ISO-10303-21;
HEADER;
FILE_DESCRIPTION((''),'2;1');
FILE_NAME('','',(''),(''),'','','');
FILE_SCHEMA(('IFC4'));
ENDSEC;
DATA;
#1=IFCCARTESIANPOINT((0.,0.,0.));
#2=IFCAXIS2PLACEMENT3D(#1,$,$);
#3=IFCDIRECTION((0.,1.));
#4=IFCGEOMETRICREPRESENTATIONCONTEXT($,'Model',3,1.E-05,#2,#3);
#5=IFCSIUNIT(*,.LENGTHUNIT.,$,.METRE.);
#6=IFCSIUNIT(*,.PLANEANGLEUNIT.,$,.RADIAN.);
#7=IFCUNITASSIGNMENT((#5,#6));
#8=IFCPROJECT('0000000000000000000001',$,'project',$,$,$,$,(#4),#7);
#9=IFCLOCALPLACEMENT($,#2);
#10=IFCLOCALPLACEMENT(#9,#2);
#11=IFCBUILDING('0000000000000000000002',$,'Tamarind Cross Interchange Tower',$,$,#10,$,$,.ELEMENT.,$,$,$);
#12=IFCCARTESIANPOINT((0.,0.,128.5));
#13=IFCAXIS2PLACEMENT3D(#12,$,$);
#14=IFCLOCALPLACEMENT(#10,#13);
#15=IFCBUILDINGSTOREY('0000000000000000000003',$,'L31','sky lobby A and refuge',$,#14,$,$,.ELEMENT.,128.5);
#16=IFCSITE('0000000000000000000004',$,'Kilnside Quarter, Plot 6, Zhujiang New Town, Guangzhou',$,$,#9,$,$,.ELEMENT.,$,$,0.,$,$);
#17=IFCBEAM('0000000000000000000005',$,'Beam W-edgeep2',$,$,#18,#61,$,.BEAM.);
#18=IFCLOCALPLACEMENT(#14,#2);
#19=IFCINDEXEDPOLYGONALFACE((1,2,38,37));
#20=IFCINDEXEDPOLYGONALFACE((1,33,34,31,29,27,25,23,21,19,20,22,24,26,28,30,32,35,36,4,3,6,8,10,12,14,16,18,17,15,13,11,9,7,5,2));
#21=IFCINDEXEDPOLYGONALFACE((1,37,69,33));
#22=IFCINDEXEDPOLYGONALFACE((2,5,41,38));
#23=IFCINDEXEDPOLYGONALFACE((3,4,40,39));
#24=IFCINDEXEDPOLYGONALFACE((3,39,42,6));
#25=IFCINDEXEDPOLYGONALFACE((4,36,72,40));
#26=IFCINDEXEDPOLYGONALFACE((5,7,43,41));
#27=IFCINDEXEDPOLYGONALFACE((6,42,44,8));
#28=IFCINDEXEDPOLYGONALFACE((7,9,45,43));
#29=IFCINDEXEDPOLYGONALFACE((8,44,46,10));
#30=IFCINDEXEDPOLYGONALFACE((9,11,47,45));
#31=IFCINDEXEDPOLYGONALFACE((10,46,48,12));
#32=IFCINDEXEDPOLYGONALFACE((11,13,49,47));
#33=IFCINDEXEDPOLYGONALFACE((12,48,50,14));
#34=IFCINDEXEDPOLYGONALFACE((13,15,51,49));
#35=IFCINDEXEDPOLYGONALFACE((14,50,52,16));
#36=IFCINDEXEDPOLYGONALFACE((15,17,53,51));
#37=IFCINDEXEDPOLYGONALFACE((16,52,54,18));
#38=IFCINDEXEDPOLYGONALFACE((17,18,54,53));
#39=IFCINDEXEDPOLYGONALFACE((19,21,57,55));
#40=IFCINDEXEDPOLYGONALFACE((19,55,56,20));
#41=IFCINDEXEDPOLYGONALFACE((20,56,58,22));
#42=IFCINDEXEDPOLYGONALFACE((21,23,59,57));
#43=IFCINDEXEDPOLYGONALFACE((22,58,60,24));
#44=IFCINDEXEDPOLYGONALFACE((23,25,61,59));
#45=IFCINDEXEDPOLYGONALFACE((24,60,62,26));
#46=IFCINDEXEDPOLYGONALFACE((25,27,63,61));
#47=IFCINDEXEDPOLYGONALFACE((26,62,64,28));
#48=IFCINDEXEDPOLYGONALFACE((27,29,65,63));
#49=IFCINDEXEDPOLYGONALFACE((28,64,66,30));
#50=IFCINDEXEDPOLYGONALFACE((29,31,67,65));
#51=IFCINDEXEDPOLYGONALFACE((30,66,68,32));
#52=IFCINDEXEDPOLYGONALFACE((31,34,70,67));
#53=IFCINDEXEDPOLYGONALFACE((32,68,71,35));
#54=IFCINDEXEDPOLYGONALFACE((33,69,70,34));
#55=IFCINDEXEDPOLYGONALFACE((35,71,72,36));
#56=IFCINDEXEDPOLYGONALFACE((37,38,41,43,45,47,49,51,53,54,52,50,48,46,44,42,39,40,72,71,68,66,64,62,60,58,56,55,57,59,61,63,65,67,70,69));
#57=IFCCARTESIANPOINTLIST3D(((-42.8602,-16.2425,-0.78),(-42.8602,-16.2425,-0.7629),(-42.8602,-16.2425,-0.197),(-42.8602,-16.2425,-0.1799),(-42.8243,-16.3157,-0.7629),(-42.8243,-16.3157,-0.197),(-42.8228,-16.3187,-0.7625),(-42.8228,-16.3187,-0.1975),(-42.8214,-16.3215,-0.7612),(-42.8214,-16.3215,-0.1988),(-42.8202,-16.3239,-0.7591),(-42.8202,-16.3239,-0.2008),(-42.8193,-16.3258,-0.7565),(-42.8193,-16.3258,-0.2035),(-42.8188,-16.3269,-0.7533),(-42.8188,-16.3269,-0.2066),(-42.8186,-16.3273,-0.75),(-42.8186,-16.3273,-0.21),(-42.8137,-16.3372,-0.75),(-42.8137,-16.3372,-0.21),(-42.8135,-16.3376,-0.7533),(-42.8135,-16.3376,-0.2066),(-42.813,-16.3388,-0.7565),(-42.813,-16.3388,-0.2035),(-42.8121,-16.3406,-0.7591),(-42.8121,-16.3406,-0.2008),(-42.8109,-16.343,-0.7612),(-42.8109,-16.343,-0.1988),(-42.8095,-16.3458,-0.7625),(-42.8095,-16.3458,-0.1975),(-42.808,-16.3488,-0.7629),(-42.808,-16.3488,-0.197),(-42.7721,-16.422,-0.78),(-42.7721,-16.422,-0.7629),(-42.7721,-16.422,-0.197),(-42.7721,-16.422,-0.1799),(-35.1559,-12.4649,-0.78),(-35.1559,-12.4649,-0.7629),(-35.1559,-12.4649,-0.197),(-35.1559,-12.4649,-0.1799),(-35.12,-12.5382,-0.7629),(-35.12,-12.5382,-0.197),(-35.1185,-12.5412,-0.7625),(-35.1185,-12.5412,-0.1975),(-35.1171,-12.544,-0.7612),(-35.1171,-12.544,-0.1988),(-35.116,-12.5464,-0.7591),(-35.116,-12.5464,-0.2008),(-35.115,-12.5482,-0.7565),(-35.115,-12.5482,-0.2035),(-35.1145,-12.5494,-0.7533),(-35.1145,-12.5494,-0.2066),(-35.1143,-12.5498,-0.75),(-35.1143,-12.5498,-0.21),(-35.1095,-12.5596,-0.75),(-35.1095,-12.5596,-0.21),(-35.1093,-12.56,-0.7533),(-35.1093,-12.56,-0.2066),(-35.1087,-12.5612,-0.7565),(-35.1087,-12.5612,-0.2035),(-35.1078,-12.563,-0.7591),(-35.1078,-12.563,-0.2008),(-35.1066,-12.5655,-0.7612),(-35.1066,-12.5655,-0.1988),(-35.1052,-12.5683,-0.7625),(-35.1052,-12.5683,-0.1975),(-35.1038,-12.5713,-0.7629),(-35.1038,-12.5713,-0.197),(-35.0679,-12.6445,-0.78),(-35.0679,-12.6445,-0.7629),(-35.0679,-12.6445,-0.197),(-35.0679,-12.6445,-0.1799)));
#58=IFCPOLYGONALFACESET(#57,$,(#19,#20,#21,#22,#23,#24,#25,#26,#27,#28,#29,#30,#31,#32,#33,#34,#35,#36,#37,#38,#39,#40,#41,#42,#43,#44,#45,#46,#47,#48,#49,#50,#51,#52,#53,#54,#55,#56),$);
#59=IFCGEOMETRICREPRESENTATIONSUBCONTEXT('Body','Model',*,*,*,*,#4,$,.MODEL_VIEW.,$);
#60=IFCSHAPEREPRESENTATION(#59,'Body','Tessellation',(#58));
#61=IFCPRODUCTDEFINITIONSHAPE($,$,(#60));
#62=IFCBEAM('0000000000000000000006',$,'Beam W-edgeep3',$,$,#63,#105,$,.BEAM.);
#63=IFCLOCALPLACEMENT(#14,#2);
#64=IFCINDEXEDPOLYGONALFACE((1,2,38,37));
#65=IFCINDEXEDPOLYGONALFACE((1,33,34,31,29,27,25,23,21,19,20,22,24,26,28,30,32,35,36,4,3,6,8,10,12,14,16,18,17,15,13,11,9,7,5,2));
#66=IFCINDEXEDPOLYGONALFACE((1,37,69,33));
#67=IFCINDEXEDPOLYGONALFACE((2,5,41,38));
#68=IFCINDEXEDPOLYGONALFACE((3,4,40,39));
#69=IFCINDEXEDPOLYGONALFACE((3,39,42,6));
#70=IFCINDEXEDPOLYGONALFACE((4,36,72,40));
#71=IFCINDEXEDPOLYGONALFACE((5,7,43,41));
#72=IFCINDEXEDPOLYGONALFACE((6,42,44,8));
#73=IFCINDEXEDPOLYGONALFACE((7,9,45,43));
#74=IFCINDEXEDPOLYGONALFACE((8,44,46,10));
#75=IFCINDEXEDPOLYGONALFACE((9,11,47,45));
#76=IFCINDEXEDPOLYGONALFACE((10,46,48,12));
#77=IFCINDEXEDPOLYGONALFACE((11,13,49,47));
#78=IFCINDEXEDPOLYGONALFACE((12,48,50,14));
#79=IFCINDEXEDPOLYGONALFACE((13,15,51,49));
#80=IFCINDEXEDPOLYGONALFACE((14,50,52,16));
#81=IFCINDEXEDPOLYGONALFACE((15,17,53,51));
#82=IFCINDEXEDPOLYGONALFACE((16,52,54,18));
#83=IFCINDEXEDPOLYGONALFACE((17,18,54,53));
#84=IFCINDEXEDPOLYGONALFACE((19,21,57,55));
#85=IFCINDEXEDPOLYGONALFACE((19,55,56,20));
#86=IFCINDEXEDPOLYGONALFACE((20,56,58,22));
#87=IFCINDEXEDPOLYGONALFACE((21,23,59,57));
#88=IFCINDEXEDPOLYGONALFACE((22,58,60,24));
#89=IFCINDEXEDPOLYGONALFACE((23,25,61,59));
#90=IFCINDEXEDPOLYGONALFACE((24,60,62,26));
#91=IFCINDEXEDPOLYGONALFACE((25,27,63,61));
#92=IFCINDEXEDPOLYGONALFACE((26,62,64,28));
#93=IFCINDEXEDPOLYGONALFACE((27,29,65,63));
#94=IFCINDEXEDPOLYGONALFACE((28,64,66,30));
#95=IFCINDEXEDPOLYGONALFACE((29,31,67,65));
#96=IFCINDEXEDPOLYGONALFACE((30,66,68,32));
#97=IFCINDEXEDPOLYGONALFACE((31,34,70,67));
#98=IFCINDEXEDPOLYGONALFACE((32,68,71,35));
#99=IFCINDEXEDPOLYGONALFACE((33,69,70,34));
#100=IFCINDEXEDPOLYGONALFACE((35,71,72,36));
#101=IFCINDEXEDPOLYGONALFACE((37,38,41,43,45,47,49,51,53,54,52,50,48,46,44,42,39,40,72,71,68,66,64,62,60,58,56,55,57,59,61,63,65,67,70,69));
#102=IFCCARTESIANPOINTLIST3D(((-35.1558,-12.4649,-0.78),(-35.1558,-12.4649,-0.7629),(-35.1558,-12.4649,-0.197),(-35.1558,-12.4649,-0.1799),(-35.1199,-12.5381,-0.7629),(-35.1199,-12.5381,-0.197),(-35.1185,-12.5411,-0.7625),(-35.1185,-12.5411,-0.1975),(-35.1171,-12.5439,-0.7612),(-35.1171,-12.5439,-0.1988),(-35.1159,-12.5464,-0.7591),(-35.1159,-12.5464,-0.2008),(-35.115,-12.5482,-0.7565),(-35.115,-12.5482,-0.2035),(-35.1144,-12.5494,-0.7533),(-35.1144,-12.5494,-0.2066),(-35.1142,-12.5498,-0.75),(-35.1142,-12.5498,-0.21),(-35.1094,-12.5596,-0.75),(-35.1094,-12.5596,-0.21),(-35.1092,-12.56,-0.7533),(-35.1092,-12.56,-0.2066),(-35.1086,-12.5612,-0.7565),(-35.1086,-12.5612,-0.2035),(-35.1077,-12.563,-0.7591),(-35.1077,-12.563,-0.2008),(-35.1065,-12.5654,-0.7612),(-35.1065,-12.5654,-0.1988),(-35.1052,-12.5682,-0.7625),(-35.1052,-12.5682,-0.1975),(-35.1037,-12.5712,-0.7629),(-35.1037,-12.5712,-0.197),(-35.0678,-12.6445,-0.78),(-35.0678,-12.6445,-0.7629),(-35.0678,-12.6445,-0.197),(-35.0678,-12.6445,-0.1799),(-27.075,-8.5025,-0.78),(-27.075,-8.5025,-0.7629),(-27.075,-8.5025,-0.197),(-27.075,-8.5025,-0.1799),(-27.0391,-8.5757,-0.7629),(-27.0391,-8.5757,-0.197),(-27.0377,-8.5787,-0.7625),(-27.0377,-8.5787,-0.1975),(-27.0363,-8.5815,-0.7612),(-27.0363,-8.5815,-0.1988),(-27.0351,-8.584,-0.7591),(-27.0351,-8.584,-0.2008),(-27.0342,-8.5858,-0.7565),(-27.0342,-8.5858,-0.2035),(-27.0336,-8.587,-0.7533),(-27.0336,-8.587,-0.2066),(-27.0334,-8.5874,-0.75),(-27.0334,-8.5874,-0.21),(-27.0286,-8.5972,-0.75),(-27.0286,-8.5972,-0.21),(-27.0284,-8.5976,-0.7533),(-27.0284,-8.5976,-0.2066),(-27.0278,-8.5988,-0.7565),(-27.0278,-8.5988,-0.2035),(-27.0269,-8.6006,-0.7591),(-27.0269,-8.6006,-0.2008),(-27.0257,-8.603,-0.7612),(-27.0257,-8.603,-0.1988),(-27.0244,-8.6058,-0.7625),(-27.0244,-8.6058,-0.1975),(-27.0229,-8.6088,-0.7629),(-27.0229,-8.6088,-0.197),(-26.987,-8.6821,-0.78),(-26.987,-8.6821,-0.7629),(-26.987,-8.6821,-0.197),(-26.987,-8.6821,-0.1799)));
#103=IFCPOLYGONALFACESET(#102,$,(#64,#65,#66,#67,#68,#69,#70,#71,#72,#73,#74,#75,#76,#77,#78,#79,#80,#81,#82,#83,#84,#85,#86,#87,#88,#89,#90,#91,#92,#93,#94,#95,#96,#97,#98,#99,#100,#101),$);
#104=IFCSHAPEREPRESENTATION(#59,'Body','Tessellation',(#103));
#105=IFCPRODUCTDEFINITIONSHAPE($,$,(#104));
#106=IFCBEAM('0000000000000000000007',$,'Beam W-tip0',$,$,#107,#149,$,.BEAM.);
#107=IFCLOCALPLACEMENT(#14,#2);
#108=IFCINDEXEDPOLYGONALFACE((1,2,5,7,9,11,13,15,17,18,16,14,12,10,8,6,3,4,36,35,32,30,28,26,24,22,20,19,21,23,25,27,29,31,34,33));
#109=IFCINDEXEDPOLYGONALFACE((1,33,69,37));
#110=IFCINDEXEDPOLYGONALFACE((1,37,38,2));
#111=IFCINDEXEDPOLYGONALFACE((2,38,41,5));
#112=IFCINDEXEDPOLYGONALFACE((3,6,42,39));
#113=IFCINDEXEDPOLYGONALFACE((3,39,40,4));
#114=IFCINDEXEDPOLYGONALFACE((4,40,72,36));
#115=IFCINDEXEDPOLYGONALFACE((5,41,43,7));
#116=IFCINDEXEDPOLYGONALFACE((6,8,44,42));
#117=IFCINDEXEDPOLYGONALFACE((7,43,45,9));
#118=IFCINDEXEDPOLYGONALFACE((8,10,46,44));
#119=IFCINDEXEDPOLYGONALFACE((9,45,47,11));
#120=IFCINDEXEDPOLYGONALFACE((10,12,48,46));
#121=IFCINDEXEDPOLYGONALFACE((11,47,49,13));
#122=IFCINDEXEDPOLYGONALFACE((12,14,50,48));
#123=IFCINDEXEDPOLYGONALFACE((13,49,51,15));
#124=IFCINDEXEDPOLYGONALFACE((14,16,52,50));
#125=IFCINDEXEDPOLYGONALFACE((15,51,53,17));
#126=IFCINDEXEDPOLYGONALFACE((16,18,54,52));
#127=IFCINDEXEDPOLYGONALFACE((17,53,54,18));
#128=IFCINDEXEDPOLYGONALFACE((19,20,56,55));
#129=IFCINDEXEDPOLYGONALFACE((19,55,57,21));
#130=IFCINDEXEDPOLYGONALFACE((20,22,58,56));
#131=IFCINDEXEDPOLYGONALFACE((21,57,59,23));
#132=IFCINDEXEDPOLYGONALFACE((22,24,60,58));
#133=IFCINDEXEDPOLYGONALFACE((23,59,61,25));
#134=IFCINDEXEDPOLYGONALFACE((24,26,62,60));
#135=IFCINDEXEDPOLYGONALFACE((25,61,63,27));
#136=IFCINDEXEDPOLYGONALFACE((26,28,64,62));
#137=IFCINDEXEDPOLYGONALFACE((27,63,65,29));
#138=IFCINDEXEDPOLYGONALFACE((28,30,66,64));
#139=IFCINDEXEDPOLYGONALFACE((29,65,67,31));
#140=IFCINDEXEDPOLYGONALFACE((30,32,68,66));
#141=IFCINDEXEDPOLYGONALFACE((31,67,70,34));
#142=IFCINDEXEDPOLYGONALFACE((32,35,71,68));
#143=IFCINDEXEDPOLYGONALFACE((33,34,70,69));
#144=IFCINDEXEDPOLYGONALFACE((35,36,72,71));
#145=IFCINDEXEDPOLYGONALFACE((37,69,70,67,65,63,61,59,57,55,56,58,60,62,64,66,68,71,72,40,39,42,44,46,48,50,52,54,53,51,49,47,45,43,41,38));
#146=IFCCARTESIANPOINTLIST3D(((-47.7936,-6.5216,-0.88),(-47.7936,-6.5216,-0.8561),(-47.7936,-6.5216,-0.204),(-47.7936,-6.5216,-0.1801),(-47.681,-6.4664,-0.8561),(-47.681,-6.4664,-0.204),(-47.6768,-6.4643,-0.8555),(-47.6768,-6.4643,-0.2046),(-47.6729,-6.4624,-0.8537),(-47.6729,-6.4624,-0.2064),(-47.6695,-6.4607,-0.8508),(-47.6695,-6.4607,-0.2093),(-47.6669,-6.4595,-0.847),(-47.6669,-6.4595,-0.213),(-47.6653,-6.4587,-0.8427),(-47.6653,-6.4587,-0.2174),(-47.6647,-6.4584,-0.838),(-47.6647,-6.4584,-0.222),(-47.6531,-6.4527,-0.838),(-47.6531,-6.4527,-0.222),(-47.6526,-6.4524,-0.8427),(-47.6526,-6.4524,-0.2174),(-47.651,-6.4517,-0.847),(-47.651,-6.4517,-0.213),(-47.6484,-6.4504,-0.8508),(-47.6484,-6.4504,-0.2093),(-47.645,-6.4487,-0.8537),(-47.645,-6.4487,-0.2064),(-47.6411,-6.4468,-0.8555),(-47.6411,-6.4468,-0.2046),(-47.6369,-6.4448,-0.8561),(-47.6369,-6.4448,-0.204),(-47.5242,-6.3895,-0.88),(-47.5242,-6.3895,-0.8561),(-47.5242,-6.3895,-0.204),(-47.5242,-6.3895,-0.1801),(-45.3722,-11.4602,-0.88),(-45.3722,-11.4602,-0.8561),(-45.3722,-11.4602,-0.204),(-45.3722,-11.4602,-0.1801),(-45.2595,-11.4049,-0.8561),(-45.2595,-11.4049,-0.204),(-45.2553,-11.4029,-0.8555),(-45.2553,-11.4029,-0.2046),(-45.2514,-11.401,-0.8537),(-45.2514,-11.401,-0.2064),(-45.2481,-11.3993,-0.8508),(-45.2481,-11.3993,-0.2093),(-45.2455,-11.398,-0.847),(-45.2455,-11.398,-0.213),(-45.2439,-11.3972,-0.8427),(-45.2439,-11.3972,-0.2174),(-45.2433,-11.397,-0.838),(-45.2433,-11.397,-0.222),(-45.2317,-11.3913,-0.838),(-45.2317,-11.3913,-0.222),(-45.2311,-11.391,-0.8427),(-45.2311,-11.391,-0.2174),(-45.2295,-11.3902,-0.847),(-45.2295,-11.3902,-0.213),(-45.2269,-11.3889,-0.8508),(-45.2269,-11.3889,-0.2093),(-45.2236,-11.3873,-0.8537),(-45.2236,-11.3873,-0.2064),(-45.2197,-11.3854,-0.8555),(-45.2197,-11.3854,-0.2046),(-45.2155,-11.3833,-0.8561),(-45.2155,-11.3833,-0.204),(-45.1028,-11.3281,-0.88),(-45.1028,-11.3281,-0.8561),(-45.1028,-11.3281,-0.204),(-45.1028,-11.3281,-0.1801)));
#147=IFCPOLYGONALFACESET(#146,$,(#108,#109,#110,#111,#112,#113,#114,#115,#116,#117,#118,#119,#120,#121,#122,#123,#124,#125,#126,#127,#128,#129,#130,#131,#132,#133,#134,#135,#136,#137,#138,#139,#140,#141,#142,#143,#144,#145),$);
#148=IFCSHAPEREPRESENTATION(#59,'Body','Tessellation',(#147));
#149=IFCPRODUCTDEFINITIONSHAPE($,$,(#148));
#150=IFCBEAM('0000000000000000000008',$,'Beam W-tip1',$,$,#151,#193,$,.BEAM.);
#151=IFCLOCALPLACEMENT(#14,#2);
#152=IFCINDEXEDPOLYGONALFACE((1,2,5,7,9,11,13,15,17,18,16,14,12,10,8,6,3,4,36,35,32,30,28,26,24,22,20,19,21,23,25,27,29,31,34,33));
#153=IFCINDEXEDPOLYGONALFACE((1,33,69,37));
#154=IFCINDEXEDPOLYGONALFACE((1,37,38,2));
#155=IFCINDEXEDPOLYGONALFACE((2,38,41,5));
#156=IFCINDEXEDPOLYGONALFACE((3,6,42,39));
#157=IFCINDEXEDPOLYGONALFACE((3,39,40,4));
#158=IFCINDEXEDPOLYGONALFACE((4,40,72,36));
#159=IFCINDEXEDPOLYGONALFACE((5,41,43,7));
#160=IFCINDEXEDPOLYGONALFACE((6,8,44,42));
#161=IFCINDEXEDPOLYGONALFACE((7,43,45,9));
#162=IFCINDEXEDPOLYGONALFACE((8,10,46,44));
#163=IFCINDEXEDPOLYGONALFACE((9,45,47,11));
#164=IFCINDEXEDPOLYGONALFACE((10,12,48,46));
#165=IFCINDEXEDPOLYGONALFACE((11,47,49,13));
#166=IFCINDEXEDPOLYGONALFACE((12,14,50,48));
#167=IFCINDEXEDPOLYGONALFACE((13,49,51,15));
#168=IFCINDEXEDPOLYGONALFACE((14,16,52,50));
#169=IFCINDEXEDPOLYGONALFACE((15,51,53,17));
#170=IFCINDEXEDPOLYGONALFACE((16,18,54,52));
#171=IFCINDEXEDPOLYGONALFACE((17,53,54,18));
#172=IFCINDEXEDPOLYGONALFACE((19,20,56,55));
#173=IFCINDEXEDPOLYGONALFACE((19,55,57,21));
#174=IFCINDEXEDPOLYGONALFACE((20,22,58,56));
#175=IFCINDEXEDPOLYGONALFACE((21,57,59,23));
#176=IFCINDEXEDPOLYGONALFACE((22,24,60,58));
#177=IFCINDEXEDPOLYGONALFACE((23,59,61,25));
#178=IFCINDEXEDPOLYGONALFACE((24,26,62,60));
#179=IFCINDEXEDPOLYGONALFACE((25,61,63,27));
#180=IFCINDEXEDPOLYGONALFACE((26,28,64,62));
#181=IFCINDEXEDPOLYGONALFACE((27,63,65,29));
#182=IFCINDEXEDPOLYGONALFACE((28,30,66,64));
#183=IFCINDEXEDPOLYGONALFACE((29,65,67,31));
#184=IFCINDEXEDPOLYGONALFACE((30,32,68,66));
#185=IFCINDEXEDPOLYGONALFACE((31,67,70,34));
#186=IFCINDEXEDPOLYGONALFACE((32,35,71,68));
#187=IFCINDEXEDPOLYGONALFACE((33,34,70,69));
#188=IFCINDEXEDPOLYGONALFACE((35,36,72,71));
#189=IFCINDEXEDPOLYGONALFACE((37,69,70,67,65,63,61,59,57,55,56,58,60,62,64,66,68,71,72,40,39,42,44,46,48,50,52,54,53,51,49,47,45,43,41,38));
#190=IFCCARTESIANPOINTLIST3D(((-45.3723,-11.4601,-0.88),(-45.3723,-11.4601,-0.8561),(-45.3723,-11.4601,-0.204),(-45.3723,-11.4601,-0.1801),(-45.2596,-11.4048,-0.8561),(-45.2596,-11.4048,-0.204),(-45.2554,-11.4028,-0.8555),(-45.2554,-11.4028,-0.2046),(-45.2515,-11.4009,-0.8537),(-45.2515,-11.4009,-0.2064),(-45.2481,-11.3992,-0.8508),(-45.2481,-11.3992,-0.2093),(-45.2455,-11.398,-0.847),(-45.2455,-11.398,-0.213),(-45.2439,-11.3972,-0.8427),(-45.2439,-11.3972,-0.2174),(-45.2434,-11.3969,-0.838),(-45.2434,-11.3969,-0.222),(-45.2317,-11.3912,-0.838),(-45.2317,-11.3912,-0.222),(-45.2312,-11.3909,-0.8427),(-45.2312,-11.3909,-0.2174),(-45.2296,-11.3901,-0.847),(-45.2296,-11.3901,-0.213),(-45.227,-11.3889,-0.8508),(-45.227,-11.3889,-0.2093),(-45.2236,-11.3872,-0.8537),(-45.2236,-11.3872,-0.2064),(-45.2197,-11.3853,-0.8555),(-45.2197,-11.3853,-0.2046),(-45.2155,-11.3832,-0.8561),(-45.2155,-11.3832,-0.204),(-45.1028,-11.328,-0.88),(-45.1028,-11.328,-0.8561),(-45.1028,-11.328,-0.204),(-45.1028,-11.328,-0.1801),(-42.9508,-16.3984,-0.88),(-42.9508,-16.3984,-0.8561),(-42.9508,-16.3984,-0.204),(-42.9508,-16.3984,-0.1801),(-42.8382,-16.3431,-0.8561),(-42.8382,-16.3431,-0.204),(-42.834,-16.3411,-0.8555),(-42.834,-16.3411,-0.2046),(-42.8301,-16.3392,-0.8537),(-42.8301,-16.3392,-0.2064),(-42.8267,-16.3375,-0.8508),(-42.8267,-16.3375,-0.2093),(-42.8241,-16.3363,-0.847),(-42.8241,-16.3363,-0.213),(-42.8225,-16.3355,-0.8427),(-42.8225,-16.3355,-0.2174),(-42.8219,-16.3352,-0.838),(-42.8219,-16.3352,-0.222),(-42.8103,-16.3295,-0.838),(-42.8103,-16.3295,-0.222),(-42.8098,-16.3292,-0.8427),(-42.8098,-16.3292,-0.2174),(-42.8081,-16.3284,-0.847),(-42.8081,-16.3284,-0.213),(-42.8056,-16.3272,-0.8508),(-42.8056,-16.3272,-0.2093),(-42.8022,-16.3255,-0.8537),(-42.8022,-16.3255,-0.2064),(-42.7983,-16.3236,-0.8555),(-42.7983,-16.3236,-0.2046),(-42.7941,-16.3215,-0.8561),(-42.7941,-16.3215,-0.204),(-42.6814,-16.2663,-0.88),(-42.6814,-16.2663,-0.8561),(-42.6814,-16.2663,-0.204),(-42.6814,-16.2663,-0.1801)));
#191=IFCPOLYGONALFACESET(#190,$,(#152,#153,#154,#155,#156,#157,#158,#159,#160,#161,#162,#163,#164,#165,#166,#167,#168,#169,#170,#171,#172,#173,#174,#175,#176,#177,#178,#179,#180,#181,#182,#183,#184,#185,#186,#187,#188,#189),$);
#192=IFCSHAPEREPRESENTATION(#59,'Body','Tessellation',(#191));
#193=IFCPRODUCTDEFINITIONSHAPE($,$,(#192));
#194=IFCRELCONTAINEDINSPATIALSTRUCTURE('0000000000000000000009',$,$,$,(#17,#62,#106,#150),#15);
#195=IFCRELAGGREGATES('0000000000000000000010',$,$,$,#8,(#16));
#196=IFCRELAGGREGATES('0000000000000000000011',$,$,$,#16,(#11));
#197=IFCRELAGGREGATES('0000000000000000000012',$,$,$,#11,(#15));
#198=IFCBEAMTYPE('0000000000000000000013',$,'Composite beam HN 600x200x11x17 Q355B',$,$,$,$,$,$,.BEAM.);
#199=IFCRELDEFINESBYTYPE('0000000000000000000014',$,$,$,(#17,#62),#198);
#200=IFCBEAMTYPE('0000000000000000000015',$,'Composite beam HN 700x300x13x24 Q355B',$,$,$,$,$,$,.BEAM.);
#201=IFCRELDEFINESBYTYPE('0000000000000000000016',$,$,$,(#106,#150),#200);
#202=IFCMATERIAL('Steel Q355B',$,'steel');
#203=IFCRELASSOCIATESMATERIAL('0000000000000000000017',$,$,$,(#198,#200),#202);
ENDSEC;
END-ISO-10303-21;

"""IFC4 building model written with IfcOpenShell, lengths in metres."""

from ifc_helpers import new_model, si_unit, direction, frame, origin, origin_2d, place, context, subcontext, project, spatial, i_section, extrude, material, material_profile, profile_set, type_object, element, save


model = new_model("IFC4")

# Units and contexts
model_context = context("Model", 3, precision=1e-05, world=origin(), true_north=direction((0.0, 1.0)))
body_context = subcontext(model_context, "Body", "Model", "MODEL_VIEW")
ifc_project = project(units=[si_unit("LENGTHUNIT", "METRE"), si_unit("PLANEANGLEUNIT", "RADIAN")], contexts=[model_context])

# Site, building, storey
site_placement = place(None, origin())
site = spatial("IfcSite", under=ifc_project, at=site_placement, Name="Kilnside Quarter, Plot 6, Zhujiang New Town, Guangzhou", CompositionType="ELEMENT", RefElevation=0.0)
building_placement = place(site_placement, origin())
building = spatial("IfcBuilding", under=site, at=building_placement, Name="Tamarind Cross Interchange Tower", CompositionType="ELEMENT")
storey_placement = place(building_placement, frame((0.0, 0.0, 128.5)))
storey = spatial("IfcBuildingStorey", under=building, at=storey_placement, Name="L31", Description="sky lobby A and refuge", CompositionType="ELEMENT", Elevation=128.5)

# Beams
ifc_material_1 = material(Name="Steel Q355B", Category="steel")
ifc_material_profile_1 = material_profile(ifc_material_1, i_section(OverallWidth=0.2, OverallDepth=0.6001, WebThickness=0.011, FlangeThickness=0.0171, FilletRadius=0.0129, at=origin_2d()), Name="HN 600x200x11x17")
ifc_profile_set_1 = profile_set([ifc_material_profile_1], Name="Steel Q355B")
beam_type_1 = type_object("IfcBeamType", Name="Composite beam HN 600x200x11x17 Q355B", PredefinedType="BEAM", material=ifc_profile_set_1)
beam_1_placement = place(storey_placement, frame((-42.8162, -16.3323, -0.48), z_axis=(0.897877, 0.440246, 0.0), x_axis=(-0.440246, 0.897877, 0.0)))
element("IfcBeam", 1, at=beam_1_placement, inside=storey, type_object=beam_type_1, Name="Beam W-edgeep2", PredefinedType="BEAM", context=body_context, shape_type="SweptSolid", body=[
    extrude(i_section(OverallWidth=0.2, OverallDepth=0.6001, WebThickness=0.011, FlangeThickness=0.0171, FilletRadius=0.0129, at=origin_2d()), origin(), (0.0, 0.0, 1.0), 8.5806),
])
beam_2_placement = place(storey_placement, frame((-35.1118, -12.5547, -0.48), z_axis=(0.897867, 0.440267, 0.0), x_axis=(-0.440267, 0.897867, 0.0)))
element("IfcBeam", 2, at=beam_2_placement, inside=storey, type_object=beam_type_1, Name="Beam W-edgeep3", PredefinedType="BEAM", context=body_context, shape_type="SweptSolid", body=[
    extrude(i_section(OverallWidth=0.2, OverallDepth=0.6001, WebThickness=0.011, FlangeThickness=0.0171, FilletRadius=0.0129, at=origin_2d()), origin(), (0.0, 0.0, 1.0), 9.0),
])
ifc_material_profile_2 = material_profile(ifc_material_1, i_section(OverallWidth=0.3, OverallDepth=0.7, WebThickness=0.0129, FlangeThickness=0.0239, FilletRadius=0.0181, at=origin_2d()), Name="HN 700x300x13x24")
ifc_profile_set_2 = profile_set([ifc_material_profile_2], Name="Steel Q355B")
beam_type_2 = type_object("IfcBeamType", Name="Composite beam HN 700x300x13x24 Q355B", PredefinedType="BEAM", material=ifc_profile_set_2)
beam_3_placement = place(storey_placement, frame((-47.6589, -6.4556, -0.53), z_axis=(0.44024, -0.89788, 0.0), x_axis=(0.89788, 0.44024, 0.0)))
element("IfcBeam", 3, at=beam_3_placement, inside=storey, type_object=beam_type_2, Name="Beam W-tip0", PredefinedType="BEAM", context=body_context, shape_type="SweptSolid", body=[
    extrude(i_section(OverallWidth=0.3, OverallDepth=0.7, WebThickness=0.0129, FlangeThickness=0.0239, FilletRadius=0.0181, at=origin_2d()), origin(), (0.0, 0.0, 1.0), 5.5002),
])
beam_4_placement = place(storey_placement, frame((-45.2375, -11.394, -0.53), z_axis=(0.440258, -0.897872, 0.0), x_axis=(0.897872, 0.440258, 0.0)))
element("IfcBeam", 4, at=beam_4_placement, inside=storey, type_object=beam_type_2, Name="Beam W-tip1", PredefinedType="BEAM", context=body_context, shape_type="SweptSolid", body=[
    extrude(i_section(OverallWidth=0.3, OverallDepth=0.7, WebThickness=0.0129, FlangeThickness=0.0239, FilletRadius=0.0181, at=origin_2d()), origin(), (0.0, 0.0, 1.0), 5.5),
])

save(model, "model.ifc")
